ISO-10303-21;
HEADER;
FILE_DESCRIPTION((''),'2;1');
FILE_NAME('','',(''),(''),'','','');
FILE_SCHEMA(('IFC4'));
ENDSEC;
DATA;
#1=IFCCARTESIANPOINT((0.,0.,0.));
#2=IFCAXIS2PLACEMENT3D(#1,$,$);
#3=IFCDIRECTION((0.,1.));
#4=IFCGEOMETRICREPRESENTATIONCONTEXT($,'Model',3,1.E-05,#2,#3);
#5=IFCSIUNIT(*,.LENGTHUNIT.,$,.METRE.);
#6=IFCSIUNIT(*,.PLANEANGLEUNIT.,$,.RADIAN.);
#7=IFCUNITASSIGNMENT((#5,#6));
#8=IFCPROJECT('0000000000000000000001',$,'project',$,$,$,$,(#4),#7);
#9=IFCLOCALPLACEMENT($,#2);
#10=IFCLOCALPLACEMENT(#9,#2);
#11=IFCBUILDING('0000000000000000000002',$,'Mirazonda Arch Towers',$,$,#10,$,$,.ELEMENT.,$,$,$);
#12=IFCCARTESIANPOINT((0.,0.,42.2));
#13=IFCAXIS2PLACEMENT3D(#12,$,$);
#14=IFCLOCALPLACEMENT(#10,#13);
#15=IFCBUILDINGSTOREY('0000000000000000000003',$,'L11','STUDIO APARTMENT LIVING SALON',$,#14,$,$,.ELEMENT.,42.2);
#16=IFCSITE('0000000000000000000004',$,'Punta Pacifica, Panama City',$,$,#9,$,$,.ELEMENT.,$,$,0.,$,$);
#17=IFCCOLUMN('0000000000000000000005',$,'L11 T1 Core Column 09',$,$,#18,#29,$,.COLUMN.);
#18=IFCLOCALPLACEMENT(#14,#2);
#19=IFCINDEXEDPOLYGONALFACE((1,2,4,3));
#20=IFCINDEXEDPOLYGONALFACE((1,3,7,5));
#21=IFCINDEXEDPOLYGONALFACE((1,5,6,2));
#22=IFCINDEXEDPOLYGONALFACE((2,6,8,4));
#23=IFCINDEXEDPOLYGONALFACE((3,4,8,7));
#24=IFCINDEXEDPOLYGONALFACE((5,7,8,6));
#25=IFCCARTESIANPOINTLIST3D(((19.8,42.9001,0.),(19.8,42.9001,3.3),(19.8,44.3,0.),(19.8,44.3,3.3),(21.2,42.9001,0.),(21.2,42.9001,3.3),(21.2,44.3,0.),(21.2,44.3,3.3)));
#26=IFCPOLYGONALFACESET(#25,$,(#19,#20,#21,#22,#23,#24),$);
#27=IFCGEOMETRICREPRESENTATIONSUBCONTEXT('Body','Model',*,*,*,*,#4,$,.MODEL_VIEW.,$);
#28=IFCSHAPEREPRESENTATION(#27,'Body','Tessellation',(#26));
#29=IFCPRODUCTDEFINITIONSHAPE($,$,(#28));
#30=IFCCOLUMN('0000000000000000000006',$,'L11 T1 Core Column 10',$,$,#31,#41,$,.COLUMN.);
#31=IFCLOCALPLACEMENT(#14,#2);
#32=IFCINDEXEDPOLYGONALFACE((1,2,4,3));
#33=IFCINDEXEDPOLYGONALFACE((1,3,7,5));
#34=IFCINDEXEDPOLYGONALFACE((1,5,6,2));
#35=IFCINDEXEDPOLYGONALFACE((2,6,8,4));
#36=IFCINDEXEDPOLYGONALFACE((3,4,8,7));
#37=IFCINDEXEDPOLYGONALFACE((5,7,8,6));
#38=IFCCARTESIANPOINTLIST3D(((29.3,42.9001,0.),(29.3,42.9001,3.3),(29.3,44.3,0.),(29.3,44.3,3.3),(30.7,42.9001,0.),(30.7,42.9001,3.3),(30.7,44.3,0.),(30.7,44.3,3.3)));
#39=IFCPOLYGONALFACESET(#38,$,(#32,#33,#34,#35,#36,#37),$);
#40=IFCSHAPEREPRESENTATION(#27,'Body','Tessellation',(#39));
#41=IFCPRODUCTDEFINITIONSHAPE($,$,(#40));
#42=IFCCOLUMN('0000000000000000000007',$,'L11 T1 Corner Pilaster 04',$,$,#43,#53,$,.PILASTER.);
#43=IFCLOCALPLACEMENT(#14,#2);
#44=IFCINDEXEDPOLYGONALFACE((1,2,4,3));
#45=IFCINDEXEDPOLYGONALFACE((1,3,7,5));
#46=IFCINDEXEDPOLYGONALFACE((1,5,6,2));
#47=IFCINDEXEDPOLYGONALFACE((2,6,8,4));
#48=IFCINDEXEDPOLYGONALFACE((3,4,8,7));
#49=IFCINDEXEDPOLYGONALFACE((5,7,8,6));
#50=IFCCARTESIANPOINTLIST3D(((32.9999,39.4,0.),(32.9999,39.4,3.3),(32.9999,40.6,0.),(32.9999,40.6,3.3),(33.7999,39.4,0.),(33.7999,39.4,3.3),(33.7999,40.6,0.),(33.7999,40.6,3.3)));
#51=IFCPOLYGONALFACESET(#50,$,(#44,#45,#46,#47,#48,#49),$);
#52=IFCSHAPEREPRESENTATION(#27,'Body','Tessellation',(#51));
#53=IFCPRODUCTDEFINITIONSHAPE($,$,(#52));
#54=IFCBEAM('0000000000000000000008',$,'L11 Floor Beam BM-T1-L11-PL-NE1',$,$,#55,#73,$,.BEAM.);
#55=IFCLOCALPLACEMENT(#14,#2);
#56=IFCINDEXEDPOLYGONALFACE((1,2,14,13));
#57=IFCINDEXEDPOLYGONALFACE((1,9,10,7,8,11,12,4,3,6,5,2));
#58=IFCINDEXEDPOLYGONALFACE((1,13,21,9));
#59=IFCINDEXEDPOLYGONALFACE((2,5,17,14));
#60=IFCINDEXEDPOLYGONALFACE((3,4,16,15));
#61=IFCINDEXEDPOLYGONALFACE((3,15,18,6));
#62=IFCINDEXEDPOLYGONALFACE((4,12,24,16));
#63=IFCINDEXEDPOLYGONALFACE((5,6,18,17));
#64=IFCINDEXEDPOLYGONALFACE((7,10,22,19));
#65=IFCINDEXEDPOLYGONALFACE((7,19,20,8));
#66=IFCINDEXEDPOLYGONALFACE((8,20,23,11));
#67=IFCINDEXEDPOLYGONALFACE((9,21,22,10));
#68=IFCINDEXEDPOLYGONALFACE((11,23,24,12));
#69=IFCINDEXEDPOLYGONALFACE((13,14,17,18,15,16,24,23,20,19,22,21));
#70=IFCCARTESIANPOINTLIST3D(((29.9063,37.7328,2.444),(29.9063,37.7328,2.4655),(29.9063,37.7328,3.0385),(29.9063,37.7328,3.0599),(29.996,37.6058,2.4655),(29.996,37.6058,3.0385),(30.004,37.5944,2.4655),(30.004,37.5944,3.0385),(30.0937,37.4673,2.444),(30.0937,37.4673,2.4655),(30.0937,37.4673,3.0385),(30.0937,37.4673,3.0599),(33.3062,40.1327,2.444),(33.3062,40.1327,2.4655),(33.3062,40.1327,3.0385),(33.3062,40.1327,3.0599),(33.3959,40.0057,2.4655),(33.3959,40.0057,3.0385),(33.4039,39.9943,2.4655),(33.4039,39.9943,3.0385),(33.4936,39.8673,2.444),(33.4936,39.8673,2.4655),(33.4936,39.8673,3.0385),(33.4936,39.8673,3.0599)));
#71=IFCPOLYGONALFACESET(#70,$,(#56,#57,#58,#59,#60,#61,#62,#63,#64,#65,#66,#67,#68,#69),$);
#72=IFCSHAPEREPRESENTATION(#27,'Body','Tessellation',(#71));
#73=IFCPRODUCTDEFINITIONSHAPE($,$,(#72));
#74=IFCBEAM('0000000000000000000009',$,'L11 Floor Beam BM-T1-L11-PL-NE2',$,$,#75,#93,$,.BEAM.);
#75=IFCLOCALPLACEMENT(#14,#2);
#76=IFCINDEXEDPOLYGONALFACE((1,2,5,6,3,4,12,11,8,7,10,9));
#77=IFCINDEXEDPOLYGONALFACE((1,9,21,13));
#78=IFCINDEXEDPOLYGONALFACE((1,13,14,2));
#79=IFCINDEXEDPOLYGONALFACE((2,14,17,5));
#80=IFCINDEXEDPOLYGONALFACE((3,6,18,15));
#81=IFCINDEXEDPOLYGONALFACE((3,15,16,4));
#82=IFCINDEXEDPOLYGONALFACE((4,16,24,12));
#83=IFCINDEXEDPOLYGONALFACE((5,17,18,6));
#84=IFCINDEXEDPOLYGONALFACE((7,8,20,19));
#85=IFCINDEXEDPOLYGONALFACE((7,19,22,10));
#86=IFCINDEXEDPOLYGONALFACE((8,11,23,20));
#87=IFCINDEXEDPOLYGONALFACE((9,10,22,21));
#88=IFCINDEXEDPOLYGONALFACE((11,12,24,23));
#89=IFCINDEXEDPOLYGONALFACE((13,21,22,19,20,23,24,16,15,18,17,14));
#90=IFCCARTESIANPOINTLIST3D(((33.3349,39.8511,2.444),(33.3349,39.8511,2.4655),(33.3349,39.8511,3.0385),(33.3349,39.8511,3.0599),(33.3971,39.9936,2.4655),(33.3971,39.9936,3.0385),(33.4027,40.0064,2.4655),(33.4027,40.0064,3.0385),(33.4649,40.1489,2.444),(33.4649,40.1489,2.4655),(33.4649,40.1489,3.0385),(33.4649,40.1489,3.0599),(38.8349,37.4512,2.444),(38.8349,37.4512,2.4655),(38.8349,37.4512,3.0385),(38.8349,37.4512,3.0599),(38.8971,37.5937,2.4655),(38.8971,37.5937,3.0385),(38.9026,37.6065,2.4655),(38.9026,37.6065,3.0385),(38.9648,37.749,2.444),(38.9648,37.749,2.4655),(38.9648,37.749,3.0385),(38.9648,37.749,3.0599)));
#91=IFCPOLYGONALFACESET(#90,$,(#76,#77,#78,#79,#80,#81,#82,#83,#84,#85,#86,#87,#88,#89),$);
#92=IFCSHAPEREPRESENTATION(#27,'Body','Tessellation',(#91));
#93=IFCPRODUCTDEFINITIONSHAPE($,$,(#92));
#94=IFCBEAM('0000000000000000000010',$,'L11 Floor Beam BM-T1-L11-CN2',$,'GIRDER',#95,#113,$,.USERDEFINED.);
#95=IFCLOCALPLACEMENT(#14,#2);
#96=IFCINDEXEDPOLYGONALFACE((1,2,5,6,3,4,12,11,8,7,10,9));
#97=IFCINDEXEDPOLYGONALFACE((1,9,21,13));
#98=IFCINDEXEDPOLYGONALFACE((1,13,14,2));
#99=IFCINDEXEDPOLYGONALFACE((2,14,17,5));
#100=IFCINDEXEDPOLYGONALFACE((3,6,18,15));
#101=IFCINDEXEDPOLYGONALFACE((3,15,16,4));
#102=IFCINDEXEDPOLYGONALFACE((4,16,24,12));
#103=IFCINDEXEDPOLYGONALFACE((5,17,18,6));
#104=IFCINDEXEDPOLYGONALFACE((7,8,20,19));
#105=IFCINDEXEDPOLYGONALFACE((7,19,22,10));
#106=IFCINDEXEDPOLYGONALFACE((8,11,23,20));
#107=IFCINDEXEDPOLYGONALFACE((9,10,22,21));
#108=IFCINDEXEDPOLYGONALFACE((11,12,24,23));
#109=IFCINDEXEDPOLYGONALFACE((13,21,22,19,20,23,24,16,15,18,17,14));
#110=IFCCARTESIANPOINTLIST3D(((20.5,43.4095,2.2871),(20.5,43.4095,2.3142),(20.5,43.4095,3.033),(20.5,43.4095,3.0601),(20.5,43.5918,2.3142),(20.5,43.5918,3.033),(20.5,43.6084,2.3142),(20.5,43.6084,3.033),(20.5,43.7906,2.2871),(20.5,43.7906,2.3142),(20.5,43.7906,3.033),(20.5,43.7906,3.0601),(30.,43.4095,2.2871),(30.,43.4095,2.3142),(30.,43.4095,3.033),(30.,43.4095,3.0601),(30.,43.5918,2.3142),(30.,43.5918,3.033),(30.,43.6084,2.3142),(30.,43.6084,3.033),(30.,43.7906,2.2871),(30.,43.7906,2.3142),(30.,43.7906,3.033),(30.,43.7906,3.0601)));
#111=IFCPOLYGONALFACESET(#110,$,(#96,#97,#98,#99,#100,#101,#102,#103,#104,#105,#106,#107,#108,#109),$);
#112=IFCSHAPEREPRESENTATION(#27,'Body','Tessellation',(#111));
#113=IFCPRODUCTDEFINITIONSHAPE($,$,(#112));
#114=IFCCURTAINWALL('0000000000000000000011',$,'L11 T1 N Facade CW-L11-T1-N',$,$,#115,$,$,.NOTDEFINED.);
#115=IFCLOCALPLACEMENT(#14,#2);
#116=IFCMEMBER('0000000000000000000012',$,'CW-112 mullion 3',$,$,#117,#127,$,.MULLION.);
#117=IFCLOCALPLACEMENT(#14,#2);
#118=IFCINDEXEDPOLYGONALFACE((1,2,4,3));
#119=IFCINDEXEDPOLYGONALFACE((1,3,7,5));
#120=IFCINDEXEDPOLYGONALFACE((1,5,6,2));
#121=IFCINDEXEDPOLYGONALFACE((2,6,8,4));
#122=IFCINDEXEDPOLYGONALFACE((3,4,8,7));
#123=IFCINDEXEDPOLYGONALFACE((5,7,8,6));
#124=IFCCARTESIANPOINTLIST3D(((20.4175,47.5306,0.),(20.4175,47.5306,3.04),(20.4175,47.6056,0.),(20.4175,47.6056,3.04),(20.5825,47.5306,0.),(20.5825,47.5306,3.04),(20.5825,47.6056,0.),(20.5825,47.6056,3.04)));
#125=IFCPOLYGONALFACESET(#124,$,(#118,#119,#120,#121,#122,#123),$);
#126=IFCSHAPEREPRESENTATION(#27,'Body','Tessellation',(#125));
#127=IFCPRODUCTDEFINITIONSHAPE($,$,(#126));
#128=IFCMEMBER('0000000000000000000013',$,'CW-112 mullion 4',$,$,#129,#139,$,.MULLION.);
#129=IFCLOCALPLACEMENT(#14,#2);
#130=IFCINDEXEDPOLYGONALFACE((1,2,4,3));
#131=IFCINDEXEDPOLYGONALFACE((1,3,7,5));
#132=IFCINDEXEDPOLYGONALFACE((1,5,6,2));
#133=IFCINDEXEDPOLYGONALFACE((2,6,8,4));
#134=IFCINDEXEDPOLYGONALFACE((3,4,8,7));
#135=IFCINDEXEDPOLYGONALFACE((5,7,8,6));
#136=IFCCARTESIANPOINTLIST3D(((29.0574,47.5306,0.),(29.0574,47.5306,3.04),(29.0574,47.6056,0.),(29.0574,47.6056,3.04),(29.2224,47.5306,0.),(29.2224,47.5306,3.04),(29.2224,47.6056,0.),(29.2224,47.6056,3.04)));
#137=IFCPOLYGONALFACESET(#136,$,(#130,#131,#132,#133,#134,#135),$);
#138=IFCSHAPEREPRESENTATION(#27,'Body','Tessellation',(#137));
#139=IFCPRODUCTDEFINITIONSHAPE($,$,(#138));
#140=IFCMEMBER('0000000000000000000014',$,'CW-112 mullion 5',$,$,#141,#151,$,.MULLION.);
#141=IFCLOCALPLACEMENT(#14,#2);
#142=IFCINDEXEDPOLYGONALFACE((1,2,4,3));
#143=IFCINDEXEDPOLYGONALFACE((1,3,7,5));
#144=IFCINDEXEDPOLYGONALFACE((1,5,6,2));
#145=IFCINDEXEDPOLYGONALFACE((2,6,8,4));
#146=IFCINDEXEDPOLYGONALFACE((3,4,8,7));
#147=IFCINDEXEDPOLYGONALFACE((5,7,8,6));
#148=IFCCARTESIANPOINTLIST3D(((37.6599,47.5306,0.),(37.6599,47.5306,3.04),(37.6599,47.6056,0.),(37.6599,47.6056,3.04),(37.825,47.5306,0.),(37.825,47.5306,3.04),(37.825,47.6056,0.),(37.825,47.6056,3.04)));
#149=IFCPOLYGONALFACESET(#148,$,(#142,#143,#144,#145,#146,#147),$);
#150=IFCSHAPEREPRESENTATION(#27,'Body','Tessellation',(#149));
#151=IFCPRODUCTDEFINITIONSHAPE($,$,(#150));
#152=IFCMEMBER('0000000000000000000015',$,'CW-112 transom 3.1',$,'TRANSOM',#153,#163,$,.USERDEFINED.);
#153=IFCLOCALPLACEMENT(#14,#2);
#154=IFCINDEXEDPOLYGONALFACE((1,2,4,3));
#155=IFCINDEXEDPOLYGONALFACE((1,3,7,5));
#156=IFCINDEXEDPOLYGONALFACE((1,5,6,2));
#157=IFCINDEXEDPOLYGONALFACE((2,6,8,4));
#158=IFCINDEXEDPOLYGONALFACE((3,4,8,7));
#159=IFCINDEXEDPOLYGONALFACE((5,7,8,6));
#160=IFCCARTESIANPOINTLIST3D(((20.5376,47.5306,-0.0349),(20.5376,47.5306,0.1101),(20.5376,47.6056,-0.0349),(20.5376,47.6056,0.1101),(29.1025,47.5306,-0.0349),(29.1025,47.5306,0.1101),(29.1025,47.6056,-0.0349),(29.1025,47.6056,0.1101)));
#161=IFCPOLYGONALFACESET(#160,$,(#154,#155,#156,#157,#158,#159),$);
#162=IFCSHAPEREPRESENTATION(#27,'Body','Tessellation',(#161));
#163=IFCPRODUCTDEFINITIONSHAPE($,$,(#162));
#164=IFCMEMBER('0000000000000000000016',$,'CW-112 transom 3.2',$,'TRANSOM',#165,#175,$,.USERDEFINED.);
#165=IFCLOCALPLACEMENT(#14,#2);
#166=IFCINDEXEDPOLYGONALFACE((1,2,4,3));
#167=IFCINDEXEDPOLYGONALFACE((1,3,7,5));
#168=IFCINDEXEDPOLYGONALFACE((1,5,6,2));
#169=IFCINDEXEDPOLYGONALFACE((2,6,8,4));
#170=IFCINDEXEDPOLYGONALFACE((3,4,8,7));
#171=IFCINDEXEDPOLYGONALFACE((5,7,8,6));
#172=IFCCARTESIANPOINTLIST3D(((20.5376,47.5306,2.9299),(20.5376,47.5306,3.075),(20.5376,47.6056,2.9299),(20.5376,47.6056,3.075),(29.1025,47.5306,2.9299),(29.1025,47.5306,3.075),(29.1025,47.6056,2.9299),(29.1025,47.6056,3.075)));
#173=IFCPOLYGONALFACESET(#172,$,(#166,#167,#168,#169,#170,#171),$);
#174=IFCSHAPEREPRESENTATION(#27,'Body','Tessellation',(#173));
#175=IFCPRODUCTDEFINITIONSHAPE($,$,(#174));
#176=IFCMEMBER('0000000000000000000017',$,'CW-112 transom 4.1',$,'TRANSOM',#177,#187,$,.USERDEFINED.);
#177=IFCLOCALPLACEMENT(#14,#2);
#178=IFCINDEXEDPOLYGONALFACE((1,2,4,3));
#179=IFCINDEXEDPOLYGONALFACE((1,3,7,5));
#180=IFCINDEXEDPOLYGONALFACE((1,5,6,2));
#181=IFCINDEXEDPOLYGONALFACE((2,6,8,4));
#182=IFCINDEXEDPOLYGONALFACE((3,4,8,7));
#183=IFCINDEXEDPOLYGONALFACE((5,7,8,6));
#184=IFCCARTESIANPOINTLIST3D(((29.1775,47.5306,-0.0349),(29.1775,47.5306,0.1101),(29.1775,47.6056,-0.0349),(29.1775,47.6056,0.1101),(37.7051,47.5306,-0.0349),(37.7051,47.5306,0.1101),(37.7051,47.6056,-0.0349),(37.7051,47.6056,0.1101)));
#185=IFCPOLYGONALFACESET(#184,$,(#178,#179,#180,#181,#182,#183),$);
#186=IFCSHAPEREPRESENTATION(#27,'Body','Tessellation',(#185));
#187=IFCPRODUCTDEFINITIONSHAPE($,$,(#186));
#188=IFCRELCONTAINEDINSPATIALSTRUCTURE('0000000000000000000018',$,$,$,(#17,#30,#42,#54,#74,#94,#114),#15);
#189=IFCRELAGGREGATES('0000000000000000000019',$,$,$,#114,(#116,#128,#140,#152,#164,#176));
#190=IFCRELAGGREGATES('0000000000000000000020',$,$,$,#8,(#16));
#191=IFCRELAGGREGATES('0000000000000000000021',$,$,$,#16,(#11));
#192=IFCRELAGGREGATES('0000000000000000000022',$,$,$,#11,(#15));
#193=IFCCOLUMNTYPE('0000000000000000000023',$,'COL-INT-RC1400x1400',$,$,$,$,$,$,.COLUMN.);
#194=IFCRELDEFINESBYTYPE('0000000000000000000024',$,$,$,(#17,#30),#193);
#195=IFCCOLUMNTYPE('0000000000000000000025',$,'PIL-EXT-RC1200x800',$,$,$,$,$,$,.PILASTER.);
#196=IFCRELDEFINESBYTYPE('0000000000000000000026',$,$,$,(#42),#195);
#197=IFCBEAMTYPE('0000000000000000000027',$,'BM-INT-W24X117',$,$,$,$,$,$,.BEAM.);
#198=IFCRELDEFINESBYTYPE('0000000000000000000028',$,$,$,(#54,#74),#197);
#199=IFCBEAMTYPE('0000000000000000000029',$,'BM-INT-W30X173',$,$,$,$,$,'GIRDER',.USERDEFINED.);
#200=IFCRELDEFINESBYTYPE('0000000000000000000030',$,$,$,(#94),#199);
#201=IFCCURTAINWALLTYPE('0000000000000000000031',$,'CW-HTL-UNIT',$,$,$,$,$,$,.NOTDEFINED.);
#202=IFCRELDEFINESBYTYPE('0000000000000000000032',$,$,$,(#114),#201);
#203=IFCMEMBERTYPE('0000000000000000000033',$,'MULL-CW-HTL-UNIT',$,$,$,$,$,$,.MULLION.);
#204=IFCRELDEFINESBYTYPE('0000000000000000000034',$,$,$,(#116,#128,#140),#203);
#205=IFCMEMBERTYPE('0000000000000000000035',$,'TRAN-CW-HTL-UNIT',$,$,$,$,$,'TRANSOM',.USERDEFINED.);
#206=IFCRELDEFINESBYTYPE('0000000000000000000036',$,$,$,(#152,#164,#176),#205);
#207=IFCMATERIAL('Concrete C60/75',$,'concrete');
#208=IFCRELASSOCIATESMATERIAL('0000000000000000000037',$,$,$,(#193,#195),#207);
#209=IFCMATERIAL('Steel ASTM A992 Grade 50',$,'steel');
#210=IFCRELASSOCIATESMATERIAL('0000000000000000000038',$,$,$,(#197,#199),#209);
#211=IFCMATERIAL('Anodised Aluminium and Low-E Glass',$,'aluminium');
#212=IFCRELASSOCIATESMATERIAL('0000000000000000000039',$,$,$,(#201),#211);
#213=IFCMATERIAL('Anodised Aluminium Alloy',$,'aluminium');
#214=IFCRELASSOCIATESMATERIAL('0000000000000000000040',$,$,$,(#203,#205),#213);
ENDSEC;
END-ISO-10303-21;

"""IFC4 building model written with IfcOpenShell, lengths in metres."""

from ifc_helpers import new_model, si_unit, direction, frame, origin, origin_2d, place, context, subcontext, project, spatial, rectangle, i_section, extrude, material, material_profile, profile_set, type_object, element, aggregate, save


model = new_model("IFC4")

# Units and contexts
model_context = context("Model", 3, precision=1e-05, world=origin(), true_north=direction((0.0, 1.0)))
body_context = subcontext(model_context, "Body", "Model", "MODEL_VIEW")
ifc_project = project(units=[si_unit("LENGTHUNIT", "METRE"), si_unit("PLANEANGLEUNIT", "RADIAN")], contexts=[model_context])

# Site, building, storey
site_placement = place(None, origin())
site = spatial("IfcSite", under=ifc_project, at=site_placement, Name="Punta Pacifica, Panama City", CompositionType="ELEMENT", RefElevation=0.0)
building_placement = place(site_placement, origin())
building = spatial("IfcBuilding", under=site, at=building_placement, Name="Mirazonda Arch Towers", CompositionType="ELEMENT")
storey_placement = place(building_placement, frame((0.0, 0.0, 42.2)))
storey = spatial("IfcBuildingStorey", under=building, at=storey_placement, Name="L11", Description="STUDIO APARTMENT LIVING SALON", CompositionType="ELEMENT", Elevation=42.2)

# Columns
ifc_material_1 = material(Name="Concrete C60/75", Category="concrete")
ifc_material_profile_1 = material_profile(ifc_material_1, rectangle(XDim=1.3999, YDim=1.3999, at=origin_2d()), Name="RC1400x1400")
ifc_profile_set_1 = profile_set([ifc_material_profile_1], Name="Concrete C60/75")
column_type_1 = type_object("IfcColumnType", Name="COL-INT-RC1400x1400", PredefinedType="COLUMN", material=ifc_profile_set_1)
for number, where, z_axis, x_axis, name in (
    (1, (20.5, 43.6001, 0.0), (0.0, 0.0, 1.0), (1.0, 0.0, 0.0), "L11 T1 Core Column 09"),
    (2, (30.0, 43.6001, 0.0), (0.0, 0.0, 1.0), (1.0, 0.0, 0.0), "L11 T1 Core Column 10"),
):
    element("IfcColumn", number, at=place(storey_placement, frame(where, z_axis=z_axis, x_axis=x_axis)), inside=storey, type_object=column_type_1, Name=name, PredefinedType="COLUMN", context=body_context, shape_type="SweptSolid", body=[
        extrude(rectangle(XDim=1.3999, YDim=1.3999, at=origin_2d()), origin(), (0.0, 0.0, 1.0), 3.3),
    ])
ifc_material_profile_2 = material_profile(ifc_material_1, rectangle(XDim=0.8, YDim=1.2, at=origin_2d()), Name="RC1200x800")
ifc_profile_set_2 = profile_set([ifc_material_profile_2], Name="Concrete C60/75")
column_type_2 = type_object("IfcColumnType", Name="PIL-EXT-RC1200x800", PredefinedType="PILASTER", material=ifc_profile_set_2)
column_placement = place(storey_placement, frame((33.3999, 40.0, 0.0), z_axis=(0.0, 0.0, 1.0), x_axis=(1.0, 0.0, 0.0)))
element("IfcColumn", 3, at=column_placement, inside=storey, type_object=column_type_2, Name="L11 T1 Corner Pilaster 04", PredefinedType="PILASTER", context=body_context, shape_type="SweptSolid", body=[
    extrude(rectangle(XDim=0.8, YDim=1.2, at=origin_2d()), origin(), (0.0, 0.0, 1.0), 3.3),
])

# Beams
ifc_material_2 = material(Name="Steel ASTM A992 Grade 50", Category="steel")
ifc_material_profile_3 = material_profile(ifc_material_2, i_section(OverallWidth=0.325, OverallDepth=0.616, WebThickness=0.0139, FlangeThickness=0.0215, at=origin_2d()), Name="W24X117")
ifc_profile_set_3 = profile_set([ifc_material_profile_3], Name="Steel ASTM A992 Grade 50")
beam_type_1 = type_object("IfcBeamType", Name="BM-INT-W24X117", PredefinedType="BEAM", material=ifc_profile_set_3)
beam_1_placement = place(storey_placement, frame((33.3999, 40.0, 2.752), z_axis=(-0.816971, -0.576679, 0.0), x_axis=(0.576679, -0.816971, 0.0)))
element("IfcBeam", 4, at=beam_1_placement, inside=storey, type_object=beam_type_1, Name="L11 Floor Beam BM-T1-L11-PL-NE1", PredefinedType="BEAM", context=body_context, shape_type="SweptSolid", body=[
    extrude(i_section(OverallWidth=0.325, OverallDepth=0.616, WebThickness=0.0139, FlangeThickness=0.0215, at=origin_2d()), origin(), (0.0, 0.0, 1.0), 4.1616),
])
beam_2_placement = place(storey_placement, frame((33.3999, 40.0, 2.752), z_axis=(0.916545, -0.399931, 0.0), x_axis=(0.399931, 0.916545, 0.0)))
element("IfcBeam", 5, at=beam_2_placement, inside=storey, type_object=beam_type_1, Name="L11 Floor Beam BM-T1-L11-PL-NE2", PredefinedType="BEAM", context=body_context, shape_type="SweptSolid", body=[
    extrude(i_section(OverallWidth=0.325, OverallDepth=0.616, WebThickness=0.0139, FlangeThickness=0.0215, at=origin_2d()), origin(), (0.0, 0.0, 1.0), 6.0007),
])
ifc_material_profile_4 = material_profile(ifc_material_2, i_section(OverallWidth=0.3811, OverallDepth=0.7729, WebThickness=0.0166, FlangeThickness=0.0271, at=origin_2d()), Name="W30X173")
ifc_profile_set_4 = profile_set([ifc_material_profile_4], Name="Steel ASTM A992 Grade 50")
beam_type_2 = type_object("IfcBeamType", Name="BM-INT-W30X173", ElementType="GIRDER", PredefinedType="USERDEFINED", material=ifc_profile_set_4)
beam_3_placement = place(storey_placement, frame((20.5, 43.6001, 2.6736), z_axis=(1.0, 0.0, 0.0), x_axis=(0.0, 1.0, 0.0)))
element("IfcBeam", 6, at=beam_3_placement, inside=storey, type_object=beam_type_2, Name="L11 Floor Beam BM-T1-L11-CN2", ObjectType="GIRDER", PredefinedType="USERDEFINED", context=body_context, shape_type="SweptSolid", body=[
    extrude(i_section(OverallWidth=0.3811, OverallDepth=0.7729, WebThickness=0.0166, FlangeThickness=0.0271, at=origin_2d()), origin(), (0.0, 0.0, 1.0), 9.5),
])

# Curtain wall, members
ifc_material_3 = material(Name="Anodised Aluminium and Low-E Glass", Category="aluminium")
curtain_wall_type = type_object("IfcCurtainWallType", Name="CW-HTL-UNIT", PredefinedType="NOTDEFINED", material=ifc_material_3)
curtain_wall_placement = place(storey_placement, origin())
curtain_wall = element("IfcCurtainWall", 7, at=curtain_wall_placement, inside=storey, type_object=curtain_wall_type, Name="L11 T1 N Facade CW-L11-T1-N", PredefinedType="NOTDEFINED")
ifc_material_4 = material(Name="Anodised Aluminium Alloy", Category="aluminium")
ifc_material_profile_5 = material_profile(ifc_material_4, rectangle(XDim=0.075, YDim=0.165, at=origin_2d()), Name="ALU-MULL-75x165")
ifc_profile_set_5 = profile_set([ifc_material_profile_5], Name="Anodised Aluminium Alloy")
member_type_1 = type_object("IfcMemberType", Name="MULL-CW-HTL-UNIT", PredefinedType="MULLION", material=ifc_profile_set_5)
member_1_placement = place(storey_placement, frame((20.5, 47.5681, 0.0), z_axis=(0.0, 0.0, 1.0), x_axis=(0.0, 1.0, 0.0)))
member_1 = element("IfcMember", 8, at=member_1_placement, type_object=member_type_1, Name="CW-112 mullion 3", PredefinedType="MULLION", context=body_context, shape_type="SweptSolid", body=[
    extrude(rectangle(XDim=0.075, YDim=0.165, at=origin_2d()), origin(), (0.0, 0.0, 1.0), 3.04),
])
member_2_placement = place(storey_placement, frame((29.1399, 47.5681, 0.0), z_axis=(0.0, 0.0, 1.0), x_axis=(0.0, 1.0, 0.0)))
member_2 = element("IfcMember", 9, at=member_2_placement, type_object=member_type_1, Name="CW-112 mullion 4", PredefinedType="MULLION", context=body_context, shape_type="SweptSolid", body=[
    extrude(rectangle(XDim=0.075, YDim=0.165, at=origin_2d()), origin(), (0.0, 0.0, 1.0), 3.04),
])
member_3_placement = place(storey_placement, frame((37.7424, 47.5681, 0.0), z_axis=(0.0, 0.0, 1.0), x_axis=(0.0, 1.0, 0.0)))
member_3 = element("IfcMember", 10, at=member_3_placement, type_object=member_type_1, Name="CW-112 mullion 5", PredefinedType="MULLION", context=body_context, shape_type="SweptSolid", body=[
    extrude(rectangle(XDim=0.075, YDim=0.165, at=origin_2d()), origin(), (0.0, 0.0, 1.0), 3.04),
])
ifc_material_profile_6 = material_profile(ifc_material_4, rectangle(XDim=0.075, YDim=0.145, at=origin_2d()), Name="ALU-TRAN-75x145")
ifc_profile_set_6 = profile_set([ifc_material_profile_6], Name="Anodised Aluminium Alloy")
member_type_2 = type_object("IfcMemberType", Name="TRAN-CW-HTL-UNIT", ElementType="TRANSOM", PredefinedType="USERDEFINED", material=ifc_profile_set_6)
member_4_placement = place(storey_placement, frame((20.5376, 47.5681, 0.0376), z_axis=(1.0, 0.0, 0.0), x_axis=(0.0, 1.0, 0.0)))
member_4 = element("IfcMember", 11, at=member_4_placement, type_object=member_type_2, Name="CW-112 transom 3.1", ObjectType="TRANSOM", PredefinedType="USERDEFINED", context=body_context, shape_type="SweptSolid", body=[
    extrude(rectangle(XDim=0.075, YDim=0.145, at=origin_2d()), origin(), (0.0, 0.0, 1.0), 8.5649),
])
member_5_placement = place(storey_placement, frame((20.5376, 47.5681, 3.0024), z_axis=(1.0, 0.0, 0.0), x_axis=(0.0, 1.0, 0.0)))
member_5 = element("IfcMember", 12, at=member_5_placement, type_object=member_type_2, Name="CW-112 transom 3.2", ObjectType="TRANSOM", PredefinedType="USERDEFINED", context=body_context, shape_type="SweptSolid", body=[
    extrude(rectangle(XDim=0.075, YDim=0.145, at=origin_2d()), origin(), (0.0, 0.0, 1.0), 8.5649),
])
member_6_placement = place(storey_placement, frame((29.1775, 47.5681, 0.0376), z_axis=(1.0, 0.0, 0.0), x_axis=(0.0, 1.0, 0.0)))
member_6 = element("IfcMember", 13, at=member_6_placement, type_object=member_type_2, Name="CW-112 transom 4.1", ObjectType="TRANSOM", PredefinedType="USERDEFINED", context=body_context, shape_type="SweptSolid", body=[
    extrude(rectangle(XDim=0.075, YDim=0.145, at=origin_2d()), origin(), (0.0, 0.0, 1.0), 8.5276),
])
aggregate(curtain_wall, [member_1, member_2, member_3, member_4, member_5, member_6])

save(model, "model.ifc")
